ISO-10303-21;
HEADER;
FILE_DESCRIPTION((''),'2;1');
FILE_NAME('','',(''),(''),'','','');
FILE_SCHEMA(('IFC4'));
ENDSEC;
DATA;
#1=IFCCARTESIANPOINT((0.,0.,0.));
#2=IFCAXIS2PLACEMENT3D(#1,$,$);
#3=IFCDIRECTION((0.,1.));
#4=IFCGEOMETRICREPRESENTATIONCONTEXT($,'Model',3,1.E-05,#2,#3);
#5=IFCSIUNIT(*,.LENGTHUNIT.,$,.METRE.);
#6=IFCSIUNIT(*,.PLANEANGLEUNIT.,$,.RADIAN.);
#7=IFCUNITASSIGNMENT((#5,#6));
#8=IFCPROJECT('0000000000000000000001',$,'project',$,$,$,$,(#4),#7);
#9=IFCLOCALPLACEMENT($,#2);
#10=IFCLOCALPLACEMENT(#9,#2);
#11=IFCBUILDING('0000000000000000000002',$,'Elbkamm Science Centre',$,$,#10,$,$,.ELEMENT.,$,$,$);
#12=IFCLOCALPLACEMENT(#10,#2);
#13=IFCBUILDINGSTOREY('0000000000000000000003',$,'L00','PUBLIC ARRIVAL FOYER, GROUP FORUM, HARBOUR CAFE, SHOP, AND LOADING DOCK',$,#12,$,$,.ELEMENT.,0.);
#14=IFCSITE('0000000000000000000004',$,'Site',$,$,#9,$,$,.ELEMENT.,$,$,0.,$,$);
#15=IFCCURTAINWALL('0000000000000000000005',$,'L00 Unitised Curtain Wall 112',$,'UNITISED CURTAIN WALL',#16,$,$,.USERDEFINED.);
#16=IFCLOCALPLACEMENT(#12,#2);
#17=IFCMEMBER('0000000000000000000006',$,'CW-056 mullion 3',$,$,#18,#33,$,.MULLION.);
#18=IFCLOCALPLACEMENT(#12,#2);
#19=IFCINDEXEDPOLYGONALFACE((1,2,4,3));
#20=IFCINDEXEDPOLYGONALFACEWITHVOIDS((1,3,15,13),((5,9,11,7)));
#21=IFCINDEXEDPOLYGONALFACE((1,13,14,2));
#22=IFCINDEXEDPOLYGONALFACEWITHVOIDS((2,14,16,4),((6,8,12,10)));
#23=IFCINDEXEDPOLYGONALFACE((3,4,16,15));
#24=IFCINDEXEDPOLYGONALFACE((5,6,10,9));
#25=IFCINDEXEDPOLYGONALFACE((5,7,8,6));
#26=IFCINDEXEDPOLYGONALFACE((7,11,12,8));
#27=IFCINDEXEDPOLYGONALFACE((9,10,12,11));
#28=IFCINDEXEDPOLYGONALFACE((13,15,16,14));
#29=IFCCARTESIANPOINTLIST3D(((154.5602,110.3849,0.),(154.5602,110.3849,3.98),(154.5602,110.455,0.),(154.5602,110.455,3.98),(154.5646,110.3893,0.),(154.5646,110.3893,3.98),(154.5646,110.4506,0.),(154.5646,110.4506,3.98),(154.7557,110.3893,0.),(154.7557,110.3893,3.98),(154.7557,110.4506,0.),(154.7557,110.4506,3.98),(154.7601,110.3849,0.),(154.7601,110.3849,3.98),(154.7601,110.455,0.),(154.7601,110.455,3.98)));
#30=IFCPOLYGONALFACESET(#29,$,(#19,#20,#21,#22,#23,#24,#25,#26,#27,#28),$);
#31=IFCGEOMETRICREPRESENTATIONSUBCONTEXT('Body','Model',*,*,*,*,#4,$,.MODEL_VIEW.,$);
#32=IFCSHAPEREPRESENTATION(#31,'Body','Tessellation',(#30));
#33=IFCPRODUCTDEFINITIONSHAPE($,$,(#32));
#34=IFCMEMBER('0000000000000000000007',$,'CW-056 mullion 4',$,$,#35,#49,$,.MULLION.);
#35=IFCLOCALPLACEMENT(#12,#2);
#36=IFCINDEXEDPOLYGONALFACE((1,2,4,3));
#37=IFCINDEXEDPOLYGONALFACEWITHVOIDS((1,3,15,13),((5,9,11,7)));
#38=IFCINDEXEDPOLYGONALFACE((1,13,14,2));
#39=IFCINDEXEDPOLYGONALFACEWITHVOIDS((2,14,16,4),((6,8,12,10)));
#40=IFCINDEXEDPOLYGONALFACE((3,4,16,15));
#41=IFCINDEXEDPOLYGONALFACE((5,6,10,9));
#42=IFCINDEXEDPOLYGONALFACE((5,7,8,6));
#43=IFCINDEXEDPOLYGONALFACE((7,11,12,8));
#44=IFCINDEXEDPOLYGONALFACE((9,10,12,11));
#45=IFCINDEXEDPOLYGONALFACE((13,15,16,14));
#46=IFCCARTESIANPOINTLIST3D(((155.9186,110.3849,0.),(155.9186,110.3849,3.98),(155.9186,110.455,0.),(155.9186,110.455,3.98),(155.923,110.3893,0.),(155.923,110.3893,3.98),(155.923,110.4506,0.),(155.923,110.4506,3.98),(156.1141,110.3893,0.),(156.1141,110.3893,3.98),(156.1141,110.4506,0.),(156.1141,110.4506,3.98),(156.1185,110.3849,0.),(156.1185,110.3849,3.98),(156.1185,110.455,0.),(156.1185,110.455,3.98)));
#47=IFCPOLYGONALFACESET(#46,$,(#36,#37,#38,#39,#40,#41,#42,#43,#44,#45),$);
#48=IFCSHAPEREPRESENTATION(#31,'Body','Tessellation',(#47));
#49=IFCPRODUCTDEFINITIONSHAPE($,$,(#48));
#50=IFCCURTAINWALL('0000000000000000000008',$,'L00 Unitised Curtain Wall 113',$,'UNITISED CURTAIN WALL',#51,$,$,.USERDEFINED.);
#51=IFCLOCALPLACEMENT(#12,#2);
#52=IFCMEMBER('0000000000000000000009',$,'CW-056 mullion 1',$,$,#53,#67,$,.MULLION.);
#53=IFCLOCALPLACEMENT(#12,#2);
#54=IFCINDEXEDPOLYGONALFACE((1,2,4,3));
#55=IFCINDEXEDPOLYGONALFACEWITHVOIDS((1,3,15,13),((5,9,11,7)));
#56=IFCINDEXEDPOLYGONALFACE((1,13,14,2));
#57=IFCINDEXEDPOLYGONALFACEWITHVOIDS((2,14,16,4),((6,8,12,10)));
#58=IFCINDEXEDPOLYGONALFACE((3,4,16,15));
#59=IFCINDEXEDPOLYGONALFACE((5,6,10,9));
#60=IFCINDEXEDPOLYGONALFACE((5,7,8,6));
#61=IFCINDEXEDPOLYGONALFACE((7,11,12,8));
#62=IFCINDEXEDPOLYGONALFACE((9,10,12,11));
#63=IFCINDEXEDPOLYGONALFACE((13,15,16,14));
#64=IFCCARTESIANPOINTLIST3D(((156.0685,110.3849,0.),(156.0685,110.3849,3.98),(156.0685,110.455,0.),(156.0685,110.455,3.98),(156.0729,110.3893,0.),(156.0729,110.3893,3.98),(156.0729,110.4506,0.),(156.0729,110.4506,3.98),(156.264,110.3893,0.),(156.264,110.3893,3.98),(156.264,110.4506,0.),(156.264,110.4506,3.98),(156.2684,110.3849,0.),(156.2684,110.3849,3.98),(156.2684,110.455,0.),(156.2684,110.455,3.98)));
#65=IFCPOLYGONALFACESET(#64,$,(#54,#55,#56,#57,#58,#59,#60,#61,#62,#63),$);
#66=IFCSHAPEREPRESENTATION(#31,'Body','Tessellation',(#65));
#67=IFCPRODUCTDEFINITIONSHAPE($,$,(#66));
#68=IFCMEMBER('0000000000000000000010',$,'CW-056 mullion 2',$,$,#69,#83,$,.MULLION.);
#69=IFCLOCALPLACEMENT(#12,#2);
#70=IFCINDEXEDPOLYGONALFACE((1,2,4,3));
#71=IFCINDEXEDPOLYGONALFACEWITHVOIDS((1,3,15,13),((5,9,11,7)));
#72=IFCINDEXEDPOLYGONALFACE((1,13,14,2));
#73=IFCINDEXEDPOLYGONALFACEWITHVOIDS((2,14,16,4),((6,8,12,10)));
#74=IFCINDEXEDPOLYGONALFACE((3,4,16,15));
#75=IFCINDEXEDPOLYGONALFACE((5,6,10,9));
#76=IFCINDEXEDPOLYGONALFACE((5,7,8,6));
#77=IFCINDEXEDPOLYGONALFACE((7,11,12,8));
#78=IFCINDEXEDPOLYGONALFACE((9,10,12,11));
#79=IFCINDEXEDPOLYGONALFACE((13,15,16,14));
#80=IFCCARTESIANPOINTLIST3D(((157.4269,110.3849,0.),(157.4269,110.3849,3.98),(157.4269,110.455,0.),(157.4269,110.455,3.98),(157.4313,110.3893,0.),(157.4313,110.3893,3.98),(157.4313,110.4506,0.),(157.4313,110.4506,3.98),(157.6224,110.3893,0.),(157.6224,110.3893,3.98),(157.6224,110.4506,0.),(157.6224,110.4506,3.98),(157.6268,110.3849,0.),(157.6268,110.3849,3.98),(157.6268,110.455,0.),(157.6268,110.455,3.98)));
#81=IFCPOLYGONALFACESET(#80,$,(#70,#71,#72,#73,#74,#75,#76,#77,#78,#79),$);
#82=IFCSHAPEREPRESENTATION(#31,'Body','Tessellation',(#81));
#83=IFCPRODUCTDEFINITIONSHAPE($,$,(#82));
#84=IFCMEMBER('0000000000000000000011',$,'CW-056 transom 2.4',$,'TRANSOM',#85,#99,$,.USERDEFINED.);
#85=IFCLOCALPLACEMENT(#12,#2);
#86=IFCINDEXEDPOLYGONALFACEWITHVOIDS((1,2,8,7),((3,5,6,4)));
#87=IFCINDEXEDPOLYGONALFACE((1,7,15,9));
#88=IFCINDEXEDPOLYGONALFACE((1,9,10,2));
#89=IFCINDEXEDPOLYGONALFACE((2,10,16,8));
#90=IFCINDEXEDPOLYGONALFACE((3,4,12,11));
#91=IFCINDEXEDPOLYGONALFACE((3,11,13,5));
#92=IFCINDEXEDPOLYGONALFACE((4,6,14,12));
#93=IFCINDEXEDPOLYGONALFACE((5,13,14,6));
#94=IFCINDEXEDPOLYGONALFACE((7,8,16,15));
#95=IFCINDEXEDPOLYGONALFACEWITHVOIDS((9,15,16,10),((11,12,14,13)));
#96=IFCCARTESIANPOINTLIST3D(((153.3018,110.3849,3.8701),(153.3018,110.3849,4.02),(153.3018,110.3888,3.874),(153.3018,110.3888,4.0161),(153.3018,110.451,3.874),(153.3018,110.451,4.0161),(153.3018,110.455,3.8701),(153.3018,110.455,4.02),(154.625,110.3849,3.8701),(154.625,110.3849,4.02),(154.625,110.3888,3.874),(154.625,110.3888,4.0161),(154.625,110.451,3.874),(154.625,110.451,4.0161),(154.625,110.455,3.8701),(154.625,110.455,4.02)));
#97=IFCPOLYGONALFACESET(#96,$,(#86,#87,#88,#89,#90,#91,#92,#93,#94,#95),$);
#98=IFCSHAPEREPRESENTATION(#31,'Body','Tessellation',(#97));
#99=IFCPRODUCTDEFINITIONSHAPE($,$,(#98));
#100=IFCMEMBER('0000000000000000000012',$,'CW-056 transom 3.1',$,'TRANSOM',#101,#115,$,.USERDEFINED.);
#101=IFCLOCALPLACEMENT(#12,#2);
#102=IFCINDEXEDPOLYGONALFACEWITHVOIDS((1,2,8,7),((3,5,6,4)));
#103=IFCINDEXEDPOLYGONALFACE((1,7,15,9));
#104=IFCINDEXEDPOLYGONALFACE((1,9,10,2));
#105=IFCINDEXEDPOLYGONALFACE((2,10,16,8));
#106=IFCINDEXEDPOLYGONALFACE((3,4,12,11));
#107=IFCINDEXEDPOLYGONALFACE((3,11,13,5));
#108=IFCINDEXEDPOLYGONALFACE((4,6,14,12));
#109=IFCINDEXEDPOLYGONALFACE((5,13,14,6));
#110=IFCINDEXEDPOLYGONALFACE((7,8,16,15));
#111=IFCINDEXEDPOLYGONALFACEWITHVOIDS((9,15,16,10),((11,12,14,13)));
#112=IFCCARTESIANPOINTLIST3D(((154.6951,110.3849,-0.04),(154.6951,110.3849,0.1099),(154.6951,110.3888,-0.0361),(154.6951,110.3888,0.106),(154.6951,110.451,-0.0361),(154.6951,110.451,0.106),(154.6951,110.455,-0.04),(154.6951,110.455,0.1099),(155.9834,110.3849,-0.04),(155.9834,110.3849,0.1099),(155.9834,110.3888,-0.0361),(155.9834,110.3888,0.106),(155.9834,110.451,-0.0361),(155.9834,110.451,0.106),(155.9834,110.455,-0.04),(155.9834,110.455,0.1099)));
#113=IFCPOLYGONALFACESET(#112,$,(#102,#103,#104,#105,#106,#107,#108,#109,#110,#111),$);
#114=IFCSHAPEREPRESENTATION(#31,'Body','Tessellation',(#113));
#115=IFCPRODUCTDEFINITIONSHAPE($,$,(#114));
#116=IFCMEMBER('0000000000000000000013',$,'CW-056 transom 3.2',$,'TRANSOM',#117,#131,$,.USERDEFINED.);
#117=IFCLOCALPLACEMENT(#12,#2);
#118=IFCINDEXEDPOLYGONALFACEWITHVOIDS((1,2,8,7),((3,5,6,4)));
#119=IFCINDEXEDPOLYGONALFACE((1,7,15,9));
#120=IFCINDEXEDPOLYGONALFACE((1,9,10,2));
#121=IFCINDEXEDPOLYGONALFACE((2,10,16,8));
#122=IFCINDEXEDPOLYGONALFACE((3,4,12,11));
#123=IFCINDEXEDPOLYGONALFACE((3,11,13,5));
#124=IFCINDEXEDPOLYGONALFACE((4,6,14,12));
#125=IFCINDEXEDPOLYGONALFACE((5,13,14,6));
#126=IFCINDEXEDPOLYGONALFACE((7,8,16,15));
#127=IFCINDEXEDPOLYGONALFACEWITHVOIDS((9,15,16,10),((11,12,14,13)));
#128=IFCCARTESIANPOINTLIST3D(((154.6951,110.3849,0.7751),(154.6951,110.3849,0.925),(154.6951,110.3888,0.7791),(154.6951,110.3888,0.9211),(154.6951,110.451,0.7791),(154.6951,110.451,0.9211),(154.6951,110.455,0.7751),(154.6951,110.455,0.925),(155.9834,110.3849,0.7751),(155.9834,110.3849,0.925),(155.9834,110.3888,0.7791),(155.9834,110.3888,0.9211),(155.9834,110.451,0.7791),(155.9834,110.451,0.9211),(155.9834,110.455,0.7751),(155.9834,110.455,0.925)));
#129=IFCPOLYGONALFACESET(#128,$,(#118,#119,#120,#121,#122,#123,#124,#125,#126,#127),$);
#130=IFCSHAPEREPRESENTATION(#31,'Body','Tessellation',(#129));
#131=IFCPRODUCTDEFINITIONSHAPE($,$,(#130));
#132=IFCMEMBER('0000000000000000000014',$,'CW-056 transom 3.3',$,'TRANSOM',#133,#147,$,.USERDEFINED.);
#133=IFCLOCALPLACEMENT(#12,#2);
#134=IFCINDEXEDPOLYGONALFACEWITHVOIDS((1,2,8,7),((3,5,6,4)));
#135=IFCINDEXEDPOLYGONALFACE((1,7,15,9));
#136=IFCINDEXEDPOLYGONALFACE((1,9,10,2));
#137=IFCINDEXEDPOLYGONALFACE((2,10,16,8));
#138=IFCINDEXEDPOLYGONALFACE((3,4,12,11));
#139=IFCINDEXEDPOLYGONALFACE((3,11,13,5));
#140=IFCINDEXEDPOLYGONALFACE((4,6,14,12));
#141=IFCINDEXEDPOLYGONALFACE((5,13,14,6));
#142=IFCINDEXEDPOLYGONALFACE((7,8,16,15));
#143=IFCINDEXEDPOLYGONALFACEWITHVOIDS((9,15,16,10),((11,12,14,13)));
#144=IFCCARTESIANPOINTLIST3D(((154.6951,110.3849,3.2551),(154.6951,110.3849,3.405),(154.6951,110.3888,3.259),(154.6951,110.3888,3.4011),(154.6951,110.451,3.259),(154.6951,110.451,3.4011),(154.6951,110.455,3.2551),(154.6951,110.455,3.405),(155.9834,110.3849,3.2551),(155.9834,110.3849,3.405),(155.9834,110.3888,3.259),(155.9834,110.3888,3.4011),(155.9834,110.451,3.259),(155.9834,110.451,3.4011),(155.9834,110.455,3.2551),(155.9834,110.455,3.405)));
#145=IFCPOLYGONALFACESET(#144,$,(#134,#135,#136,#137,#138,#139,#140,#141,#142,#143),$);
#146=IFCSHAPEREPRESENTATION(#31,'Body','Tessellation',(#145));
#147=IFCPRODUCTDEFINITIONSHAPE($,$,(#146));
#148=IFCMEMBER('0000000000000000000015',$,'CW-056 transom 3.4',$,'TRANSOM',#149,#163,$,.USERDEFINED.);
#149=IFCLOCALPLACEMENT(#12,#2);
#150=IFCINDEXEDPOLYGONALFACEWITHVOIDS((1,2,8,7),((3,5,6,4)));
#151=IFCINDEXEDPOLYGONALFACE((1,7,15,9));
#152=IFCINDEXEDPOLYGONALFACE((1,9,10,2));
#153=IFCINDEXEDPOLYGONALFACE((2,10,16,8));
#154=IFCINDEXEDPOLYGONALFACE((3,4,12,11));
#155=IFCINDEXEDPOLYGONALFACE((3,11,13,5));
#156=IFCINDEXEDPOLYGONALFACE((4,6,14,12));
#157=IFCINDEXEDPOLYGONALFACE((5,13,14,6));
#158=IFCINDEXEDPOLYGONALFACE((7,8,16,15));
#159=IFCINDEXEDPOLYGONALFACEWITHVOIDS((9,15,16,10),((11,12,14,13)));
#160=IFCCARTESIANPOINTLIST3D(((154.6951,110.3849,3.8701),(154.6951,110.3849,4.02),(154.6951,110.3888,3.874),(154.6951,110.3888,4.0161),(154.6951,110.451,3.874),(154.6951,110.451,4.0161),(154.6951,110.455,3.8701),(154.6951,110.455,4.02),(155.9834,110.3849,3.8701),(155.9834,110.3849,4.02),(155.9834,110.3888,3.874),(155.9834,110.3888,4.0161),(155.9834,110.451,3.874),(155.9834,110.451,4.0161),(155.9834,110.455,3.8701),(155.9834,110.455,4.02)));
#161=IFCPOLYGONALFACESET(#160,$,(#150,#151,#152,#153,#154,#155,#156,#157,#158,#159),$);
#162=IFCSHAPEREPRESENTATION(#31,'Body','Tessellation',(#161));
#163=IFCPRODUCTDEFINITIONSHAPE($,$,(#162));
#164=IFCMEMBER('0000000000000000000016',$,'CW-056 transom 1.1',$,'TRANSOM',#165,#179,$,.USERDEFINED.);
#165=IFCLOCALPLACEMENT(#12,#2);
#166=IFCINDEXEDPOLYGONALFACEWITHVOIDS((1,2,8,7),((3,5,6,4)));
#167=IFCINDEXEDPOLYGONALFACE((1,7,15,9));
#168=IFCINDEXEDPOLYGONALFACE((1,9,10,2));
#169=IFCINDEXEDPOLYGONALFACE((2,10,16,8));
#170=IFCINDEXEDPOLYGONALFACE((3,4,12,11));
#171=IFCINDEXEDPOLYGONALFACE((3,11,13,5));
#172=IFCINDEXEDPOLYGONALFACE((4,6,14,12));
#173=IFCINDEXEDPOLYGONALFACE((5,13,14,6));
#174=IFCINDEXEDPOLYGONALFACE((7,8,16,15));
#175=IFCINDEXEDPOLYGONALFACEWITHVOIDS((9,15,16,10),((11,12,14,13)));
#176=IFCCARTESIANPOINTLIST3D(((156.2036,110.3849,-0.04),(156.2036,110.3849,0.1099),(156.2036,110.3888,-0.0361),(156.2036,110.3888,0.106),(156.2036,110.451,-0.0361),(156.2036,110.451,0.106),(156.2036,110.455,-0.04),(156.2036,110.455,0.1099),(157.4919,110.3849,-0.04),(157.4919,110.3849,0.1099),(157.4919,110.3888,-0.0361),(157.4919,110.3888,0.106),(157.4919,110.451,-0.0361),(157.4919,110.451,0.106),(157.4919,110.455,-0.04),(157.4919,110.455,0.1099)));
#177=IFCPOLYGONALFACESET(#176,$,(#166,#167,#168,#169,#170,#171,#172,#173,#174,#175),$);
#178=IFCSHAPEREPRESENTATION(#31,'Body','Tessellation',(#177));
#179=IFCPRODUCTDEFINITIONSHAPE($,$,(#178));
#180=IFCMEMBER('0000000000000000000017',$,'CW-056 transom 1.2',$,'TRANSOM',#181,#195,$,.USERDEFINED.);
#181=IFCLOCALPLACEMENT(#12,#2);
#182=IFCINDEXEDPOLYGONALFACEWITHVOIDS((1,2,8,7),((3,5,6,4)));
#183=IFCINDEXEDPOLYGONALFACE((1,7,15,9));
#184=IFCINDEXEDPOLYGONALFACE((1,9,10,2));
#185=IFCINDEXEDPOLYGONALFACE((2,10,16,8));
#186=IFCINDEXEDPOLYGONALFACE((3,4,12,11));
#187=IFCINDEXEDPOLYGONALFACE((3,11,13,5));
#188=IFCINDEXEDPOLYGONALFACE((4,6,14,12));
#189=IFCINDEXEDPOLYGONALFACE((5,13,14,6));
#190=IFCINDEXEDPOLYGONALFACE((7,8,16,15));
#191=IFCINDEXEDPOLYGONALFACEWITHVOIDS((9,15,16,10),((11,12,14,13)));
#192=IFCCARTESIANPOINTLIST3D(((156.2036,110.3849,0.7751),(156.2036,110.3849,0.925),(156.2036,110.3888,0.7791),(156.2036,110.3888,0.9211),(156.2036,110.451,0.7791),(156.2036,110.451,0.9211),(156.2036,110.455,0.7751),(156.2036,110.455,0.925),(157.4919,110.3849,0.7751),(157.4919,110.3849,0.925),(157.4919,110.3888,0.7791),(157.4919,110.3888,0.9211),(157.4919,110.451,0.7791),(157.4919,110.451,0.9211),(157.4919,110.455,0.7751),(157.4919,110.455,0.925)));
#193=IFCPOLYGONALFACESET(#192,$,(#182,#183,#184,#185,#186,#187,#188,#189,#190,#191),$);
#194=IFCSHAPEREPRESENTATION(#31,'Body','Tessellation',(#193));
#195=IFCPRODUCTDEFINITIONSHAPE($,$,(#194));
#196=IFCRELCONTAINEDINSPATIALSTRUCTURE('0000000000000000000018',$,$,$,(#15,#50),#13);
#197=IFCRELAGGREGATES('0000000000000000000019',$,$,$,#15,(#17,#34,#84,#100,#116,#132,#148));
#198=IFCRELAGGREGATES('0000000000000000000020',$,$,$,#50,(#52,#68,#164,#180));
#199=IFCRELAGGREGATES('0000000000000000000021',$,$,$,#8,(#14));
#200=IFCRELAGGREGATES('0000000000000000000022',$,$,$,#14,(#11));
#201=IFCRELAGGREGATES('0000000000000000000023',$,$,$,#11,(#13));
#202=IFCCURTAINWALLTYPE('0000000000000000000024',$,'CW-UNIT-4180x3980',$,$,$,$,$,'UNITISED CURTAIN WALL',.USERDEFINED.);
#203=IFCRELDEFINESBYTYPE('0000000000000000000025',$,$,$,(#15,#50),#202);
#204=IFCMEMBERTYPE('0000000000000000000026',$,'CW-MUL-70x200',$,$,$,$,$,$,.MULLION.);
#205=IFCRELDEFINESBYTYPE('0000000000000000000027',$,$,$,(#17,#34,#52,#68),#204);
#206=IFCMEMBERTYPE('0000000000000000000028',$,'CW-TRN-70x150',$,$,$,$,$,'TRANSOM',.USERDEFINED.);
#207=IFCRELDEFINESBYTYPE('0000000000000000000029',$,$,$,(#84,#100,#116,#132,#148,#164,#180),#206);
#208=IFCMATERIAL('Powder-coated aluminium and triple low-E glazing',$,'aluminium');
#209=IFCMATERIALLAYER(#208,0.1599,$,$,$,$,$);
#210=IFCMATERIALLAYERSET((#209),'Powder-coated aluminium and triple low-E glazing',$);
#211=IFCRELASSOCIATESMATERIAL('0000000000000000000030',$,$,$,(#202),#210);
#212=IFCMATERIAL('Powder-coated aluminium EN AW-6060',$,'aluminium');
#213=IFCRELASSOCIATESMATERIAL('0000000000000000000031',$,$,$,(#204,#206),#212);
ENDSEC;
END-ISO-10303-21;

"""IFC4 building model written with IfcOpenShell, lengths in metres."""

from ifc_helpers import new_model, si_unit, direction, frame, origin, origin_2d, place, context, subcontext, project, spatial, hollow_rectangle, extrude, material, layer, layer_set, material_profile, profile_set, type_object, element, aggregate, save


model = new_model("IFC4")

# Units and contexts
model_context = context("Model", 3, precision=1e-05, world=origin(), true_north=direction((0.0, 1.0)))
body_context = subcontext(model_context, "Body", "Model", "MODEL_VIEW")
ifc_project = project(units=[si_unit("LENGTHUNIT", "METRE"), si_unit("PLANEANGLEUNIT", "RADIAN")], contexts=[model_context])

# Site, building, storey
site_placement = place(None, origin())
site = spatial("IfcSite", under=ifc_project, at=site_placement, Name="Site", CompositionType="ELEMENT", RefElevation=0.0)
building_placement = place(site_placement, origin())
building = spatial("IfcBuilding", under=site, at=building_placement, Name="Elbkamm Science Centre", CompositionType="ELEMENT")
storey_placement = place(building_placement, origin())
storey = spatial("IfcBuildingStorey", under=building, at=storey_placement, Name="L00", Description="PUBLIC ARRIVAL FOYER, GROUP FORUM, HARBOUR CAFE, SHOP, AND LOADING DOCK", CompositionType="ELEMENT", Elevation=0.0)

# Curtain walls, members
ifc_material_1 = material(Name="Powder-coated aluminium and triple low-E glazing", Category="aluminium")
ifc_layer_1 = layer(ifc_material_1, 0.1599)
ifc_layer_set_1 = layer_set([ifc_layer_1], Name="Powder-coated aluminium and triple low-E glazing")
curtain_wall_type = type_object("IfcCurtainWallType", Name="CW-UNIT-4180x3980", ElementType="UNITISED CURTAIN WALL", PredefinedType="USERDEFINED", material=ifc_layer_set_1)
curtain_wall_1_placement = place(storey_placement, origin())
curtain_wall_1 = element("IfcCurtainWall", 1, at=curtain_wall_1_placement, inside=storey, type_object=curtain_wall_type, Name="L00 Unitised Curtain Wall 112", ObjectType="UNITISED CURTAIN WALL", PredefinedType="USERDEFINED")
ifc_material_2 = material(Name="Powder-coated aluminium EN AW-6060", Category="aluminium")
ifc_material_profile_1 = material_profile(ifc_material_2, hollow_rectangle(XDim=0.0701, YDim=0.2, WallThickness=0.0044, at=origin_2d()), Name="ALU M70x200")
ifc_profile_set_1 = profile_set([ifc_material_profile_1], Name="Powder-coated aluminium EN AW-6060")
member_type_1 = type_object("IfcMemberType", Name="CW-MUL-70x200", PredefinedType="MULLION", material=ifc_profile_set_1)
member_1_placement = place(storey_placement, frame((154.6602, 110.4199, 0.0), z_axis=(0.0, 0.0, 1.0), x_axis=(0.0, 1.0, 0.0)))
member_1 = element("IfcMember", 2, at=member_1_placement, type_object=member_type_1, Name="CW-056 mullion 3", PredefinedType="MULLION", context=body_context, shape_type="SweptSolid", body=[
    extrude(hollow_rectangle(XDim=0.0701, YDim=0.2, WallThickness=0.0044, at=origin_2d()), origin(), (0.0, 0.0, 1.0), 3.98),
])
member_2_placement = place(storey_placement, frame((156.0186, 110.4199, 0.0), z_axis=(0.0, 0.0, 1.0), x_axis=(0.0, 1.0, 0.0)))
member_2 = element("IfcMember", 3, at=member_2_placement, type_object=member_type_1, Name="CW-056 mullion 4", PredefinedType="MULLION", context=body_context, shape_type="SweptSolid", body=[
    extrude(hollow_rectangle(XDim=0.0701, YDim=0.2, WallThickness=0.0044, at=origin_2d()), origin(), (0.0, 0.0, 1.0), 3.98),
])
curtain_wall_2_placement = place(storey_placement, origin())
curtain_wall_2 = element("IfcCurtainWall", 4, at=curtain_wall_2_placement, inside=storey, type_object=curtain_wall_type, Name="L00 Unitised Curtain Wall 113", ObjectType="UNITISED CURTAIN WALL", PredefinedType="USERDEFINED")
member_3_placement = place(storey_placement, frame((156.1685, 110.4199, 0.0), z_axis=(0.0, 0.0, 1.0), x_axis=(0.0, 1.0, 0.0)))
member_3 = element("IfcMember", 5, at=member_3_placement, type_object=member_type_1, Name="CW-056 mullion 1", PredefinedType="MULLION", context=body_context, shape_type="SweptSolid", body=[
    extrude(hollow_rectangle(XDim=0.0701, YDim=0.2, WallThickness=0.0044, at=origin_2d()), origin(), (0.0, 0.0, 1.0), 3.98),
])
member_4_placement = place(storey_placement, frame((157.5269, 110.4199, 0.0), z_axis=(0.0, 0.0, 1.0), x_axis=(0.0, 1.0, 0.0)))
member_4 = element("IfcMember", 6, at=member_4_placement, type_object=member_type_1, Name="CW-056 mullion 2", PredefinedType="MULLION", context=body_context, shape_type="SweptSolid", body=[
    extrude(hollow_rectangle(XDim=0.0701, YDim=0.2, WallThickness=0.0044, at=origin_2d()), origin(), (0.0, 0.0, 1.0), 3.98),
])

# Members
ifc_material_profile_2 = material_profile(ifc_material_2, hollow_rectangle(XDim=0.0701, YDim=0.1499, WallThickness=0.0039, at=origin_2d()), Name="ALU T70x150")
ifc_profile_set_2 = profile_set([ifc_material_profile_2], Name="Powder-coated aluminium EN AW-6060")
member_type_2 = type_object("IfcMemberType", Name="CW-TRN-70x150", ElementType="TRANSOM", PredefinedType="USERDEFINED", material=ifc_profile_set_2)
member_5_placement = place(storey_placement, frame((153.3018, 110.4199, 3.9451), z_axis=(1.0, 0.0, 0.0), x_axis=(0.0, 1.0, 0.0)))
member_5 = element("IfcMember", 7, at=member_5_placement, type_object=member_type_2, Name="CW-056 transom 2.4", ObjectType="TRANSOM", PredefinedType="USERDEFINED", context=body_context, shape_type="SweptSolid", body=[
    extrude(hollow_rectangle(XDim=0.0701, YDim=0.1499, WallThickness=0.0039, at=origin_2d()), origin(), (0.0, 0.0, 1.0), 1.3232),
])
member_6_placement = place(storey_placement, frame((154.6951, 110.4199, 0.0349), z_axis=(1.0, 0.0, 0.0), x_axis=(0.0, 1.0, 0.0)))
member_6 = element("IfcMember", 8, at=member_6_placement, type_object=member_type_2, Name="CW-056 transom 3.1", ObjectType="TRANSOM", PredefinedType="USERDEFINED", context=body_context, shape_type="SweptSolid", body=[
    extrude(hollow_rectangle(XDim=0.0701, YDim=0.1499, WallThickness=0.0039, at=origin_2d()), origin(), (0.0, 0.0, 1.0), 1.2883),
])
member_7_placement = place(storey_placement, frame((154.6951, 110.4199, 0.8501), z_axis=(1.0, 0.0, 0.0), x_axis=(0.0, 1.0, 0.0)))
member_7 = element("IfcMember", 9, at=member_7_placement, type_object=member_type_2, Name="CW-056 transom 3.2", ObjectType="TRANSOM", PredefinedType="USERDEFINED", context=body_context, shape_type="SweptSolid", body=[
    extrude(hollow_rectangle(XDim=0.0701, YDim=0.1499, WallThickness=0.0039, at=origin_2d()), origin(), (0.0, 0.0, 1.0), 1.2883),
])
member_8_placement = place(storey_placement, frame((154.6951, 110.4199, 3.3301), z_axis=(1.0, 0.0, 0.0), x_axis=(0.0, 1.0, 0.0)))
member_8 = element("IfcMember", 10, at=member_8_placement, type_object=member_type_2, Name="CW-056 transom 3.3", ObjectType="TRANSOM", PredefinedType="USERDEFINED", context=body_context, shape_type="SweptSolid", body=[
    extrude(hollow_rectangle(XDim=0.0701, YDim=0.1499, WallThickness=0.0039, at=origin_2d()), origin(), (0.0, 0.0, 1.0), 1.2883),
])
member_9_placement = place(storey_placement, frame((154.6951, 110.4199, 3.9451), z_axis=(1.0, 0.0, 0.0), x_axis=(0.0, 1.0, 0.0)))
member_9 = element("IfcMember", 11, at=member_9_placement, type_object=member_type_2, Name="CW-056 transom 3.4", ObjectType="TRANSOM", PredefinedType="USERDEFINED", context=body_context, shape_type="SweptSolid", body=[
    extrude(hollow_rectangle(XDim=0.0701, YDim=0.1499, WallThickness=0.0039, at=origin_2d()), origin(), (0.0, 0.0, 1.0), 1.2883),
])
member_10_placement = place(storey_placement, frame((156.2036, 110.4199, 0.0349), z_axis=(1.0, 0.0, 0.0), x_axis=(0.0, 1.0, 0.0)))
member_10 = element("IfcMember", 12, at=member_10_placement, type_object=member_type_2, Name="CW-056 transom 1.1", ObjectType="TRANSOM", PredefinedType="USERDEFINED", context=body_context, shape_type="SweptSolid", body=[
    extrude(hollow_rectangle(XDim=0.0701, YDim=0.1499, WallThickness=0.0039, at=origin_2d()), origin(), (0.0, 0.0, 1.0), 1.2883),
])
member_11_placement = place(storey_placement, frame((156.2036, 110.4199, 0.8501), z_axis=(1.0, 0.0, 0.0), x_axis=(0.0, 1.0, 0.0)))
member_11 = element("IfcMember", 13, at=member_11_placement, type_object=member_type_2, Name="CW-056 transom 1.2", ObjectType="TRANSOM", PredefinedType="USERDEFINED", context=body_context, shape_type="SweptSolid", body=[
    extrude(hollow_rectangle(XDim=0.0701, YDim=0.1499, WallThickness=0.0039, at=origin_2d()), origin(), (0.0, 0.0, 1.0), 1.2883),
])

aggregate(curtain_wall_1, [member_1, member_2, member_5, member_6, member_7, member_8, member_9])
aggregate(curtain_wall_2, [member_3, member_4, member_10, member_11])

save(model, "model.ifc")
